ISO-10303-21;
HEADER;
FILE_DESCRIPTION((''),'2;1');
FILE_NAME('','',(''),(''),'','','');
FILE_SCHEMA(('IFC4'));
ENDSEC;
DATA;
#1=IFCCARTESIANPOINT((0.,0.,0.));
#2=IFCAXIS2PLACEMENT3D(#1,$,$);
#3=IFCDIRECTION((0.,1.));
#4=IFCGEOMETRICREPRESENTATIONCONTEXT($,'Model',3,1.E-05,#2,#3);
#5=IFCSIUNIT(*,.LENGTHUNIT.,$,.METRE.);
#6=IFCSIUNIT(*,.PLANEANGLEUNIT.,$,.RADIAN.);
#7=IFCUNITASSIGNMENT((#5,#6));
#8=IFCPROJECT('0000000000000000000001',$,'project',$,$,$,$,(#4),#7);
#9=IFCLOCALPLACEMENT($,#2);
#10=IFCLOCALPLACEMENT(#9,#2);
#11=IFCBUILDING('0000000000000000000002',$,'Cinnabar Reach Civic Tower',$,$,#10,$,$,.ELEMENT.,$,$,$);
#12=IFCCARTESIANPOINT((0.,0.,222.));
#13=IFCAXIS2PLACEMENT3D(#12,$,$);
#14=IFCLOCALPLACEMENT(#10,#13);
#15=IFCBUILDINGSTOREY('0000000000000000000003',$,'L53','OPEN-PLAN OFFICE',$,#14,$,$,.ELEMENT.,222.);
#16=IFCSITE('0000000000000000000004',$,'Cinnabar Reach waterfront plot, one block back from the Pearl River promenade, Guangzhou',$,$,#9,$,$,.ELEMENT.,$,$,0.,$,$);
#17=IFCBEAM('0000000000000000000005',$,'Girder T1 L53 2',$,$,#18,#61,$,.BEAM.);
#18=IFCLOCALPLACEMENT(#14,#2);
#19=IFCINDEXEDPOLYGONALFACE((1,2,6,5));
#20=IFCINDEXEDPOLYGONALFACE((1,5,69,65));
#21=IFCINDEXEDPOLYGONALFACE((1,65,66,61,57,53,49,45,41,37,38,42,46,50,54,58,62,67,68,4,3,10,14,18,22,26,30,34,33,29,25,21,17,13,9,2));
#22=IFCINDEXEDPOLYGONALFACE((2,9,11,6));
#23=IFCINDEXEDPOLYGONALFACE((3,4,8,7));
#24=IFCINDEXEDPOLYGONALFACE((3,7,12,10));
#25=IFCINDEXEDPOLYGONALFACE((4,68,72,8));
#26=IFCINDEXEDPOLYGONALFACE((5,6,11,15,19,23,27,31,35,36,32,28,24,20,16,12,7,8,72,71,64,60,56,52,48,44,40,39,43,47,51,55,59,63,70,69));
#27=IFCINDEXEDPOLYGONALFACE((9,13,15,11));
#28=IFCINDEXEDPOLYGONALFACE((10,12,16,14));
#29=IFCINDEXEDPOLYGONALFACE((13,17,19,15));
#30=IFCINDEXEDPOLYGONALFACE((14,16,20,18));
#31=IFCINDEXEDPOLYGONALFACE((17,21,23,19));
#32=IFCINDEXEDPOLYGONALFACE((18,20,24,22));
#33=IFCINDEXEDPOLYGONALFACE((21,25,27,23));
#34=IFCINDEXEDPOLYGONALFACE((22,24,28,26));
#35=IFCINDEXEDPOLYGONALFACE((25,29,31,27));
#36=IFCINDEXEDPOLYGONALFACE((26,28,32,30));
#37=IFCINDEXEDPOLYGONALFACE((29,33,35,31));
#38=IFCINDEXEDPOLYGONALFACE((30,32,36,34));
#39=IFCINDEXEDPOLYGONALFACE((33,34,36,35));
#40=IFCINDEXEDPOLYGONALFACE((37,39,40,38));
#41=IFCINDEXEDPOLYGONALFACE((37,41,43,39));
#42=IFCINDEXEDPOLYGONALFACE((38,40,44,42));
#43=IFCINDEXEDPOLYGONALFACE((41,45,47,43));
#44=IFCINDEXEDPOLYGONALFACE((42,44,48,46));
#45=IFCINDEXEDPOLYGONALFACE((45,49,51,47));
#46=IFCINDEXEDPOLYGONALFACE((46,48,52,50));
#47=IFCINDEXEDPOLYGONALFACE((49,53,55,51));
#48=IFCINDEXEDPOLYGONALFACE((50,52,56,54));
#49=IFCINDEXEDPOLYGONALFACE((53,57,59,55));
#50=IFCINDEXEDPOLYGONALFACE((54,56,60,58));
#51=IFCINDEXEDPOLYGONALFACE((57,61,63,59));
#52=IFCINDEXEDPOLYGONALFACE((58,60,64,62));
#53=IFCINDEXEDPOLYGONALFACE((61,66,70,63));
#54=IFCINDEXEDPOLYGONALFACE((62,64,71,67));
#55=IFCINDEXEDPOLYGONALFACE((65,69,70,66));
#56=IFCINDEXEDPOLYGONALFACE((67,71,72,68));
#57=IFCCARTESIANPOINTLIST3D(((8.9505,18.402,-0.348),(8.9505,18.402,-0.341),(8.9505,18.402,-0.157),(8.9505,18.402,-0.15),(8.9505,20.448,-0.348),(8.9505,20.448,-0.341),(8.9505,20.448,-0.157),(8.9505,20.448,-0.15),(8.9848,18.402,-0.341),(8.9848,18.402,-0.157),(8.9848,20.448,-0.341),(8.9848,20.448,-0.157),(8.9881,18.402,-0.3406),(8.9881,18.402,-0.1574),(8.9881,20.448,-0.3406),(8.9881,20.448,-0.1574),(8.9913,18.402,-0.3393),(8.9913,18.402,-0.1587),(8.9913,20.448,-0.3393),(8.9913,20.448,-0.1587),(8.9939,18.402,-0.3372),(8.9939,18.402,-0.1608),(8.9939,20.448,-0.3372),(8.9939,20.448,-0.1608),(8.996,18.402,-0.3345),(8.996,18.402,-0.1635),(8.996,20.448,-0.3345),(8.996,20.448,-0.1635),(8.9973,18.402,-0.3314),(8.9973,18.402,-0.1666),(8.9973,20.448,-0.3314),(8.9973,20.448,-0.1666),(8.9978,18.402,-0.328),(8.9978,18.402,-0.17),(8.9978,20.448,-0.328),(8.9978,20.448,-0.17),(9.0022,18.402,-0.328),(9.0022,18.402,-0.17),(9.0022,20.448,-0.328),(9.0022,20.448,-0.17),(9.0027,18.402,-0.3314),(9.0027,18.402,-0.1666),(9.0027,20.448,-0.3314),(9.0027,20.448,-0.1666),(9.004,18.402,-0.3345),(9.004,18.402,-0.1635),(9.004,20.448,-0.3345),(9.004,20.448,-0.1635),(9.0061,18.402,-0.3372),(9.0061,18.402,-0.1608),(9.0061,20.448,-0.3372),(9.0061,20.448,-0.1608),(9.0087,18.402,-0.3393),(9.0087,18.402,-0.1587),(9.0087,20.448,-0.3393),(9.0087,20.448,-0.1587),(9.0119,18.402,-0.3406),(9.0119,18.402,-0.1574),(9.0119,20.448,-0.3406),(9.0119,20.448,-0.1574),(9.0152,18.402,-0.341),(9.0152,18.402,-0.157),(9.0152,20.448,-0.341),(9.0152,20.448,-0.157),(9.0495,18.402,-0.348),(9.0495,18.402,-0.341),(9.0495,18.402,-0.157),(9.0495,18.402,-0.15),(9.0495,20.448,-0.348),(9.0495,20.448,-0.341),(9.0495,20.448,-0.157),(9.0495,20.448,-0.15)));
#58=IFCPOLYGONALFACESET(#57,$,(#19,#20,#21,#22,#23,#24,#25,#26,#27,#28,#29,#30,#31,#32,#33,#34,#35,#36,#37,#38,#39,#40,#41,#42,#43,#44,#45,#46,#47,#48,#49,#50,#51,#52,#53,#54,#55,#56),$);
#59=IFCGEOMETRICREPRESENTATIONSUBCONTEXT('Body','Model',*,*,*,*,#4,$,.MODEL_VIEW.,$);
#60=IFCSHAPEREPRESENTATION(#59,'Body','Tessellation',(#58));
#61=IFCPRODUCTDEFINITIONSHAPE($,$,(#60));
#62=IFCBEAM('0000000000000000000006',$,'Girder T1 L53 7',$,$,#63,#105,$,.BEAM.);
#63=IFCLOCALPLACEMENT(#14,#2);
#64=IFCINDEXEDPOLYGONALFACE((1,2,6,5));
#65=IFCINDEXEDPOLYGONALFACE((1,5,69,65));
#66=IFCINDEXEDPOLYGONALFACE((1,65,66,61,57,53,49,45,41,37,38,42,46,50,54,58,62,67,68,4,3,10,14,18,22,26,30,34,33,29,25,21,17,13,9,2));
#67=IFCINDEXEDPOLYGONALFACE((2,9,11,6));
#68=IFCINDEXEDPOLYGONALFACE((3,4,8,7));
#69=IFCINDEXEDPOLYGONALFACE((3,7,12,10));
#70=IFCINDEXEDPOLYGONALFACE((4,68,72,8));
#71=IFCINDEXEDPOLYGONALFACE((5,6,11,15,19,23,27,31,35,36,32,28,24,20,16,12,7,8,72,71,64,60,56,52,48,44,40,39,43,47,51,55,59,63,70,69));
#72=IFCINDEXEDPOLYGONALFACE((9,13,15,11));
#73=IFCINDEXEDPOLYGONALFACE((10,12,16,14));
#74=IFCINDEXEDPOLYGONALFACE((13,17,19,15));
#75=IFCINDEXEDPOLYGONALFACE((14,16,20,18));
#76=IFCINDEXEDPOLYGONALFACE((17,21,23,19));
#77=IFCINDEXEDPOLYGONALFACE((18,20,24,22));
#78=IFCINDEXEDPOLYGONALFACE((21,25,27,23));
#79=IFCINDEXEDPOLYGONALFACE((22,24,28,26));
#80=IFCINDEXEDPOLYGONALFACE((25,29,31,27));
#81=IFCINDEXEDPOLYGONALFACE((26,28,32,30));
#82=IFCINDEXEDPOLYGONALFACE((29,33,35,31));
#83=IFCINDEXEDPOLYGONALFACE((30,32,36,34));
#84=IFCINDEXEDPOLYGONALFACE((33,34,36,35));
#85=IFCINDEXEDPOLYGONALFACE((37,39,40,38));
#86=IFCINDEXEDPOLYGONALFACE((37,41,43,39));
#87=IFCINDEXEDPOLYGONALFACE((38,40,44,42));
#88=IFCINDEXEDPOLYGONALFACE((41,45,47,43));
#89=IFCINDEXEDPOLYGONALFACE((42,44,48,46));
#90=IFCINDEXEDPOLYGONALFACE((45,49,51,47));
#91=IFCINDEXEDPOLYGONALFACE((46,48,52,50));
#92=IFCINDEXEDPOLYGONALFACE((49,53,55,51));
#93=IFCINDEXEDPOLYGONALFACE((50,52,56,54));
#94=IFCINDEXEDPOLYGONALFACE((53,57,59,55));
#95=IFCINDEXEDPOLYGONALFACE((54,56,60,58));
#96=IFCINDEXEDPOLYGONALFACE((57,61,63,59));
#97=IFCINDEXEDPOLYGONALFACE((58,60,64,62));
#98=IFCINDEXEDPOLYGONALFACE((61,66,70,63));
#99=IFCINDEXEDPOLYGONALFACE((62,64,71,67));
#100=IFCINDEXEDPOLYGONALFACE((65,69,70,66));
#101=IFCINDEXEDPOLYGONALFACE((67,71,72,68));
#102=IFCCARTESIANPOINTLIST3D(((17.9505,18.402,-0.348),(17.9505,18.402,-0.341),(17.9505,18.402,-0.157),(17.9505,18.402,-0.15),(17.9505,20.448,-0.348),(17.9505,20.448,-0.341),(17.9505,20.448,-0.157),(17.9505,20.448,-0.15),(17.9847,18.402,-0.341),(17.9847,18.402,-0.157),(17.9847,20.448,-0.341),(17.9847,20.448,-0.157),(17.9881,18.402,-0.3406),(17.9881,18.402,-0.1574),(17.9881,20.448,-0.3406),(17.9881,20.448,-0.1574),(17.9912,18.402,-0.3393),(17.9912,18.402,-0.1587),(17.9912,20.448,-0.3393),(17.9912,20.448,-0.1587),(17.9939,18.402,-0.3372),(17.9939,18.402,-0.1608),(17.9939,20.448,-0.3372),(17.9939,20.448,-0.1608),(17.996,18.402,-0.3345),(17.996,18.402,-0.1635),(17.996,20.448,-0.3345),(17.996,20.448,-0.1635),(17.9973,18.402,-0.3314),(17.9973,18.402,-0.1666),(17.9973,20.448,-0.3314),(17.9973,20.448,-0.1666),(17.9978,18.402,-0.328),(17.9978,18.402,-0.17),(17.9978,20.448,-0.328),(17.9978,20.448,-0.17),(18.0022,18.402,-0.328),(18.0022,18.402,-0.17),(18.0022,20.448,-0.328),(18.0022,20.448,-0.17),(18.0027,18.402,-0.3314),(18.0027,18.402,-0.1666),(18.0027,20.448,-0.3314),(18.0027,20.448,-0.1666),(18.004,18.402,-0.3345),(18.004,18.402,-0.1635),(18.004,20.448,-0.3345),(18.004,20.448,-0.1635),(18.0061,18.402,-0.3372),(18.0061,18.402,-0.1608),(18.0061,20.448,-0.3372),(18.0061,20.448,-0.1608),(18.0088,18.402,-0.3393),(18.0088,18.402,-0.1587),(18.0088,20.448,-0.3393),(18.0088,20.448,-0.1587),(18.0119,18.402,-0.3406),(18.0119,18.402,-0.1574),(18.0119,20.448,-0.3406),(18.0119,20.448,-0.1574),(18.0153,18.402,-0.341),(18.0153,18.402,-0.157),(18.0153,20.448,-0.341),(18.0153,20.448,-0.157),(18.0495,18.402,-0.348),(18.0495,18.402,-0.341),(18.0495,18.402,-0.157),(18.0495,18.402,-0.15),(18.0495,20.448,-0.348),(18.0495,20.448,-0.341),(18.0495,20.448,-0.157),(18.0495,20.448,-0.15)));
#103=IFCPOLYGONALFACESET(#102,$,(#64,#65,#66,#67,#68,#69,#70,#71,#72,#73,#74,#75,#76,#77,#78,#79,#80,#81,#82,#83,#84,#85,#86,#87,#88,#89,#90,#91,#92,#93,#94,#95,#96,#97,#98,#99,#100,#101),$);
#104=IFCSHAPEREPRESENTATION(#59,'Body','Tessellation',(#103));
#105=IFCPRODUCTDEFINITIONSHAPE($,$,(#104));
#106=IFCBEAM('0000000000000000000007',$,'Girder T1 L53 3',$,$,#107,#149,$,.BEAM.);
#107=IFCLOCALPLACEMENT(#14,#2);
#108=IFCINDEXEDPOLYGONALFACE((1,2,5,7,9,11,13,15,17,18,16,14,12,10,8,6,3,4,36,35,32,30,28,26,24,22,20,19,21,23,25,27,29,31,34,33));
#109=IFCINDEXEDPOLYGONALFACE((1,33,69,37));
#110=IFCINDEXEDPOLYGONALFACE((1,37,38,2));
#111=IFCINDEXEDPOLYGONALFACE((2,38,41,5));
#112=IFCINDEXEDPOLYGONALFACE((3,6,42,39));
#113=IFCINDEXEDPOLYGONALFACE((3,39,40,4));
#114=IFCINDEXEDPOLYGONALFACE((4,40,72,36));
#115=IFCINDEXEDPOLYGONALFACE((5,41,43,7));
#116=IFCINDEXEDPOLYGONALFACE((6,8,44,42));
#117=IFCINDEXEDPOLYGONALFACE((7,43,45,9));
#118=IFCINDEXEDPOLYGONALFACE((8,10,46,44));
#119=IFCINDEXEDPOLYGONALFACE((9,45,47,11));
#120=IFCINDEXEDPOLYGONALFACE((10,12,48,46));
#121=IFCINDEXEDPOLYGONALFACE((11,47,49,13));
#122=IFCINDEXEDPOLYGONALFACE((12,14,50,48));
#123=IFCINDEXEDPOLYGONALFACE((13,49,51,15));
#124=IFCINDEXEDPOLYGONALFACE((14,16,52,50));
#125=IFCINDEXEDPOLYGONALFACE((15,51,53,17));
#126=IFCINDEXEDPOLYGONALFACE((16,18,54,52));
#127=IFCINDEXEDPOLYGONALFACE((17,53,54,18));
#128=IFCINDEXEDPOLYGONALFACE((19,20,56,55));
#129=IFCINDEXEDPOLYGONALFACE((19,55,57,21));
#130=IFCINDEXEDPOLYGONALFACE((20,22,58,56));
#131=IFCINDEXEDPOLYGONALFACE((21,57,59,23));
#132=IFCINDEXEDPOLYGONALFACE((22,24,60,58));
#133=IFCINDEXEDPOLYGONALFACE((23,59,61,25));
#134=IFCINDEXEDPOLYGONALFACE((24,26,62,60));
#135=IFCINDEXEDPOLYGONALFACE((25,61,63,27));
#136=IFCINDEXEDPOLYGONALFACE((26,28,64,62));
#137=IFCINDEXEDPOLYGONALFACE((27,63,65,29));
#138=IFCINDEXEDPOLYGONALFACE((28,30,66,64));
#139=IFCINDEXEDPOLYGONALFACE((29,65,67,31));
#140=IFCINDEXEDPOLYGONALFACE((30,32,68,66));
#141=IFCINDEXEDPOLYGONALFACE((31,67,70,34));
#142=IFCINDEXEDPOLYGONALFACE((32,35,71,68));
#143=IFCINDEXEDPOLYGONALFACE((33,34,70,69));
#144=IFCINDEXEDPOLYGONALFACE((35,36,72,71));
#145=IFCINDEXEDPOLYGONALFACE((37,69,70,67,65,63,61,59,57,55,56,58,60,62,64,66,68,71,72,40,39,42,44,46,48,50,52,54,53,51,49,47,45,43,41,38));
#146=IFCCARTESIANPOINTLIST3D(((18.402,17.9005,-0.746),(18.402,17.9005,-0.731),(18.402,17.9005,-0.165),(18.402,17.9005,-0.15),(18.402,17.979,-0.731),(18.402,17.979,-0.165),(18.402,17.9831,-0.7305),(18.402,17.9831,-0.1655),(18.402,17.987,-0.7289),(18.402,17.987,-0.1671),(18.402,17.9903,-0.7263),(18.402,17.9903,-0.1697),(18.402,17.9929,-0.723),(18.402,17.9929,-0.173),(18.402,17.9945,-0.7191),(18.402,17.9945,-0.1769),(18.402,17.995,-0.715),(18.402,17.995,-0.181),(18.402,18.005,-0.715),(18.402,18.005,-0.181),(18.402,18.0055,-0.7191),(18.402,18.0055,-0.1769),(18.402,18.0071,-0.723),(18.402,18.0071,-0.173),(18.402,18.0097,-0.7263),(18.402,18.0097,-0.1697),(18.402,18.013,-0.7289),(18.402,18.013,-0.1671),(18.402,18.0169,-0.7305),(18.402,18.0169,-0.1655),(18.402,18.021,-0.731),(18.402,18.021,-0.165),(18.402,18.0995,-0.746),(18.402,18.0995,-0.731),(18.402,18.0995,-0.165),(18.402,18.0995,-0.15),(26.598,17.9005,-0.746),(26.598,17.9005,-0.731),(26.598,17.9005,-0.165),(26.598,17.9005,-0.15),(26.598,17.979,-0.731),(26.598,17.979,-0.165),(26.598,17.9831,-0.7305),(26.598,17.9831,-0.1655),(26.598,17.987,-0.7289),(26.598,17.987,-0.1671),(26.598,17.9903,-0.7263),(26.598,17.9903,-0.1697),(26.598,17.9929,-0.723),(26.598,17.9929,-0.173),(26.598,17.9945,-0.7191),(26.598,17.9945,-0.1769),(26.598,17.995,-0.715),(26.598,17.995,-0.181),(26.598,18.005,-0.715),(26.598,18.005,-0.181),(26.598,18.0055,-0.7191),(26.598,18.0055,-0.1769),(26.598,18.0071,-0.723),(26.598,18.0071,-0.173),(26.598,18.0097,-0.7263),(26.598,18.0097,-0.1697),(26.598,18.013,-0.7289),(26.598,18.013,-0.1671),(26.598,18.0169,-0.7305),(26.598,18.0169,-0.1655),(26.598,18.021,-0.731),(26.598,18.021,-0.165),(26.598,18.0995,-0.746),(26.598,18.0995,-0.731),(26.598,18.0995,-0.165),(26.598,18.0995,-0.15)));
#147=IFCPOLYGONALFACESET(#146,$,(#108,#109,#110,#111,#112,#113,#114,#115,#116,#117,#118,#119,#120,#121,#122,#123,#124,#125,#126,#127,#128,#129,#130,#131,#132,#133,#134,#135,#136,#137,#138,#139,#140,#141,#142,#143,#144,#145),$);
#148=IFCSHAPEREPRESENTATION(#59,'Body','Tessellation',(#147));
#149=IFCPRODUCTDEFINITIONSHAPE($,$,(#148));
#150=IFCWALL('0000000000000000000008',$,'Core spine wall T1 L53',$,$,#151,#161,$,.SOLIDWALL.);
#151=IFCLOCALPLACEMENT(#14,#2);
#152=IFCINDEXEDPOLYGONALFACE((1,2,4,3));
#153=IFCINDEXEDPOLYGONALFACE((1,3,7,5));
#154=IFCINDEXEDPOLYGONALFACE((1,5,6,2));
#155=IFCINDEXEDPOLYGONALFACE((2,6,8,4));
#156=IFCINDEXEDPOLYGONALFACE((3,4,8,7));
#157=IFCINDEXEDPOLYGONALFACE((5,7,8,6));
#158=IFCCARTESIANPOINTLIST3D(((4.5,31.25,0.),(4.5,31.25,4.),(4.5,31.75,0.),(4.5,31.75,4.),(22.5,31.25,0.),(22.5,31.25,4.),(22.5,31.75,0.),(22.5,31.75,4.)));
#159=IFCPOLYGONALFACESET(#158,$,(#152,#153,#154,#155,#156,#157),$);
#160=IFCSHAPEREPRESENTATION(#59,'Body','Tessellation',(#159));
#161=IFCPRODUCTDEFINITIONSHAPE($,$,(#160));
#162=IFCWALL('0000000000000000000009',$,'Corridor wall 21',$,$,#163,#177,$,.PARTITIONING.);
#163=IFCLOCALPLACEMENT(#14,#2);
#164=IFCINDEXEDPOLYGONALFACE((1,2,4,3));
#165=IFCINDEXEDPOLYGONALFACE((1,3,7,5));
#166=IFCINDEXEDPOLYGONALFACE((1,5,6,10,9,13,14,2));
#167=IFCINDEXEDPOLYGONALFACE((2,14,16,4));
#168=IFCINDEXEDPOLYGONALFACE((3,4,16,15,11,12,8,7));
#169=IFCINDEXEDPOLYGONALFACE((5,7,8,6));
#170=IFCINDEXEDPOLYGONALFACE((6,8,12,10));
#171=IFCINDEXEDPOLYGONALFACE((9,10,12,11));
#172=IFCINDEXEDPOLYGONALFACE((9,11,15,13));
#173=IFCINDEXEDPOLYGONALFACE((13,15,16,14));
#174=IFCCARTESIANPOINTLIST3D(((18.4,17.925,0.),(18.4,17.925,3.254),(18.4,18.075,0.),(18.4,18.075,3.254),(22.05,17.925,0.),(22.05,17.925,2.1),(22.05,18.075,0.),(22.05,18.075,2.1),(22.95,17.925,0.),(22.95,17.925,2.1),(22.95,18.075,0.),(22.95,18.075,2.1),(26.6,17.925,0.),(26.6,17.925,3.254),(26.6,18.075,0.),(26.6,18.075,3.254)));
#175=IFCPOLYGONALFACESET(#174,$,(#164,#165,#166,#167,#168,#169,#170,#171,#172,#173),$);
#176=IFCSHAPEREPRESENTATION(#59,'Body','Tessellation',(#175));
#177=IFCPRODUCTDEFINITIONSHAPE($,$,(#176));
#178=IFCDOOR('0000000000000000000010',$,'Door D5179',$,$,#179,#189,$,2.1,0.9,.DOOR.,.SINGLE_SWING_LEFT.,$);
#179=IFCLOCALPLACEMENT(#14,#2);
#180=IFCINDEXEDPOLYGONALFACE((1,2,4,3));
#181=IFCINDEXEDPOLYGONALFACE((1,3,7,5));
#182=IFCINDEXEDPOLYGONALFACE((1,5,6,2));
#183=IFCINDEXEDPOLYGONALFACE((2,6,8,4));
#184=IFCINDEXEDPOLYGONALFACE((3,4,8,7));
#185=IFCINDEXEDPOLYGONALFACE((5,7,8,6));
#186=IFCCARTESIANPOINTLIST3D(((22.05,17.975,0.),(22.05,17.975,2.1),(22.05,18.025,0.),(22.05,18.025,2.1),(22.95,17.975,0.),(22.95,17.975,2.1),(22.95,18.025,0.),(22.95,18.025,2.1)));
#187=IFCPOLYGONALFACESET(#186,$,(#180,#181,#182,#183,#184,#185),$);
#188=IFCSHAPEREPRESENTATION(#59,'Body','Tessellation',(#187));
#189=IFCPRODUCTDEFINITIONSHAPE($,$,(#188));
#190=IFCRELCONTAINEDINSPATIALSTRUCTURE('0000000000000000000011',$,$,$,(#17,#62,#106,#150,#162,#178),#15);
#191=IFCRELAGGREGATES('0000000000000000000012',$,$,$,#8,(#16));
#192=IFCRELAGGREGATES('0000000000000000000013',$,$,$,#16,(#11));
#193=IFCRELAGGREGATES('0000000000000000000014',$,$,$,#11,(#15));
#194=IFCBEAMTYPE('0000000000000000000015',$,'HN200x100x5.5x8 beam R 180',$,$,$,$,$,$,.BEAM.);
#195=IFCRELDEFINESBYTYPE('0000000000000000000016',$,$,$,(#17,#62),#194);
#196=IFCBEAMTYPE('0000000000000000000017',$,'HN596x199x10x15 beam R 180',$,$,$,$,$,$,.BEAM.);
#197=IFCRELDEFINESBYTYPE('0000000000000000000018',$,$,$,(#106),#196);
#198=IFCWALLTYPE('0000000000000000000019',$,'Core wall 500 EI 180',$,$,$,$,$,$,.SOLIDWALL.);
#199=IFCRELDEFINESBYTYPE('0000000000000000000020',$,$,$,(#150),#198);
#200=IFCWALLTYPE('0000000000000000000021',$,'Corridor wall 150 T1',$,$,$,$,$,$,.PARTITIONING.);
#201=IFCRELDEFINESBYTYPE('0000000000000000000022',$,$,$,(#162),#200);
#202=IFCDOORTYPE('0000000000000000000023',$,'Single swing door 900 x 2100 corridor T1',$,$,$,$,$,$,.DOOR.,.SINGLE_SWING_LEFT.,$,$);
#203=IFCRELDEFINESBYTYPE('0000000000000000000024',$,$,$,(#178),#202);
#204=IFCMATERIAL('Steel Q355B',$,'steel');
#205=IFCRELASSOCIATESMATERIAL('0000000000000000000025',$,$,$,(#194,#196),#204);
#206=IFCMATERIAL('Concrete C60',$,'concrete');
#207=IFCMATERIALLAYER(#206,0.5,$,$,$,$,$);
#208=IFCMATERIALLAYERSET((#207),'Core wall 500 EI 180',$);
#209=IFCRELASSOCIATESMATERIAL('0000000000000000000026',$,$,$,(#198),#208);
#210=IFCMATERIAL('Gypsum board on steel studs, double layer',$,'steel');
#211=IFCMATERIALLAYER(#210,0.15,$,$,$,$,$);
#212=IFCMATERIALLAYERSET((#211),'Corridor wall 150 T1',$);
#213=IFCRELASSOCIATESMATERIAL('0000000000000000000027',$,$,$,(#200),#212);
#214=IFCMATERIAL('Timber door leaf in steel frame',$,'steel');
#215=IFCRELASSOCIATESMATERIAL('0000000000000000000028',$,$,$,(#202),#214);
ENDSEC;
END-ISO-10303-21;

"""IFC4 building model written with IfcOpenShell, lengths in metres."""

from ifc_helpers import new_model, si_unit, direction, frame, frame_2d, origin, origin_2d, place, context, subcontext, project, spatial, rectangle, i_section, extrude, material, layer, layer_set, material_profile, profile_set, type_object, element, fill, save


model = new_model("IFC4")

# Units and contexts
model_context = context("Model", 3, precision=1e-05, world=origin(), true_north=direction((0.0, 1.0)))
body_context = subcontext(model_context, "Body", "Model", "MODEL_VIEW")
ifc_project = project(units=[si_unit("LENGTHUNIT", "METRE"), si_unit("PLANEANGLEUNIT", "RADIAN")], contexts=[model_context])

# Site, building, storey
site_placement = place(None, origin())
site = spatial("IfcSite", under=ifc_project, at=site_placement, Name="Cinnabar Reach waterfront plot, one block back from the Pearl River promenade, Guangzhou", CompositionType="ELEMENT", RefElevation=0.0)
building_placement = place(site_placement, origin())
building = spatial("IfcBuilding", under=site, at=building_placement, Name="Cinnabar Reach Civic Tower", CompositionType="ELEMENT")
storey_placement = place(building_placement, frame((0.0, 0.0, 222.0)))
storey = spatial("IfcBuildingStorey", under=building, at=storey_placement, Name="L53", Description="OPEN-PLAN OFFICE", CompositionType="ELEMENT", Elevation=222.0)

# Beams
ifc_material_1 = material(Name="Steel Q355B", Category="steel")
ifc_material_profile_1 = material_profile(ifc_material_1, i_section(OverallWidth=0.099, OverallDepth=0.198, WebThickness=0.0045, FlangeThickness=0.007, FilletRadius=0.013, at=origin_2d()), Name="HN200x100x5.5x8")
ifc_profile_set_1 = profile_set([ifc_material_profile_1], Name="Steel Q355B")
beam_type_1 = type_object("IfcBeamType", Name="HN200x100x5.5x8 beam R 180", PredefinedType="BEAM", material=ifc_profile_set_1)
for number, where, z_axis, x_axis, name in (
    (1, (9.0, 18.402, -0.249), (0.0, 1.0, 0.0), (-1.0, 0.0, 0.0), "Girder T1 L53 2"),
    (2, (18.0, 18.402, -0.249), (0.0, 1.0, 0.0), (-1.0, 0.0, 0.0), "Girder T1 L53 7"),
):
    element("IfcBeam", number, at=place(storey_placement, frame(where, z_axis=z_axis, x_axis=x_axis)), inside=storey, type_object=beam_type_1, Name=name, PredefinedType="BEAM", context=body_context, shape_type="SweptSolid", body=[
        extrude(i_section(OverallWidth=0.099, OverallDepth=0.198, WebThickness=0.0045, FlangeThickness=0.007, FilletRadius=0.013, at=origin_2d()), origin(), (0.0, 0.0, 1.0), 2.046),
    ])
ifc_material_profile_2 = material_profile(ifc_material_1, i_section(OverallWidth=0.199, OverallDepth=0.596, WebThickness=0.01, FlangeThickness=0.015, FilletRadius=0.016, at=origin_2d()), Name="HN596x199x10x15")
ifc_profile_set_2 = profile_set([ifc_material_profile_2], Name="Steel Q355B")
beam_type_2 = type_object("IfcBeamType", Name="HN596x199x10x15 beam R 180", PredefinedType="BEAM", material=ifc_profile_set_2)
beam_placement = place(storey_placement, frame((18.402, 18.0, -0.448), z_axis=(1.0, 0.0, 0.0), x_axis=(0.0, 1.0, 0.0)))
element("IfcBeam", 3, at=beam_placement, inside=storey, type_object=beam_type_2, Name="Girder T1 L53 3", PredefinedType="BEAM", context=body_context, shape_type="SweptSolid", body=[
    extrude(i_section(OverallWidth=0.199, OverallDepth=0.596, WebThickness=0.01, FlangeThickness=0.015, FilletRadius=0.016, at=origin_2d()), origin(), (0.0, 0.0, 1.0), 8.196),
])

# Wall
ifc_material_2 = material(Name="Concrete C60", Category="concrete")
ifc_layer_1 = layer(ifc_material_2, 0.5)
ifc_layer_set_1 = layer_set([ifc_layer_1], Name="Core wall 500 EI 180")
wall_type_1 = type_object("IfcWallType", Name="Core wall 500 EI 180", PredefinedType="SOLIDWALL", material=ifc_layer_set_1)
wall_1_placement = place(storey_placement, frame((4.5, 31.5, 0.0), z_axis=(0.0, 0.0, 1.0), x_axis=(1.0, 0.0, 0.0)))
element("IfcWall", 4, at=wall_1_placement, inside=storey, type_object=wall_type_1, Name="Core spine wall T1 L53", PredefinedType="SOLIDWALL", context=body_context, shape_type="SweptSolid", body=[
    extrude(rectangle(XDim=18.0, YDim=0.5, at=frame_2d((9.0, 0.0))), origin(), (0.0, 0.0, 1.0), 4.0),
])

# Wall, opening, door
ifc_material_3 = material(Name="Gypsum board on steel studs, double layer", Category="steel")
ifc_layer_2 = layer(ifc_material_3, 0.15)
ifc_layer_set_2 = layer_set([ifc_layer_2], Name="Corridor wall 150 T1")
wall_type_2 = type_object("IfcWallType", Name="Corridor wall 150 T1", PredefinedType="PARTITIONING", material=ifc_layer_set_2)
wall_2_placement = place(storey_placement, frame((18.4, 18.0, 0.0), z_axis=(0.0, 0.0, 1.0), x_axis=(1.0, 0.0, 0.0)))
wall_2 = element("IfcWall", 5, at=wall_2_placement, inside=storey, type_object=wall_type_2, Name="Corridor wall 21", PredefinedType="PARTITIONING", context=body_context, shape_type="SweptSolid", body=[
    extrude(rectangle(XDim=8.2, YDim=0.15, at=frame_2d((4.1, 0.0))), origin(), (0.0, 0.0, 1.0), 3.254),
])
opening_placement = place(wall_2_placement, frame((3.65, 0.0, 0.0)))
opening = element("IfcOpeningElement", 6, at=opening_placement, cuts=wall_2, PredefinedType="OPENING", context=body_context, shape_type="SweptSolid", body=[
    extrude(rectangle(XDim=0.9, YDim=2.1, at=frame_2d((0.45, 1.05))), frame((0.0, 0.085, 0.0), z_axis=(0.0, -1.0, 0.0), x_axis=(1.0, 0.0, 0.0)), (0.0, 0.0, 1.0), 0.17),
])
ifc_material_4 = material(Name="Timber door leaf in steel frame", Category="steel")
door_type = type_object("IfcDoorType", Name="Single swing door 900 x 2100 corridor T1", OperationType="SINGLE_SWING_LEFT", PredefinedType="DOOR", material=ifc_material_4)
door_placement = place(opening_placement, frame((0.9, 0.0, 0.0), z_axis=(0.0, 0.0, 1.0), x_axis=(-1.0, 0.0, 0.0)))
door = element("IfcDoor", 7, at=door_placement, inside=storey, type_object=door_type, Name="Door D5179", OperationType="SINGLE_SWING_LEFT", OverallHeight=2.1, OverallWidth=0.9, PredefinedType="DOOR", context=body_context, shape_type="SweptSolid", body=[
    extrude(rectangle(XDim=0.9, YDim=2.1, at=frame_2d((0.45, 1.05))), frame((0.0, 0.025, 0.0), z_axis=(0.0, -1.0, 0.0), x_axis=(1.0, 0.0, 0.0)), (0.0, 0.0, 1.0), 0.05),
])
fill(opening, door)

save(model, "model.ifc")
